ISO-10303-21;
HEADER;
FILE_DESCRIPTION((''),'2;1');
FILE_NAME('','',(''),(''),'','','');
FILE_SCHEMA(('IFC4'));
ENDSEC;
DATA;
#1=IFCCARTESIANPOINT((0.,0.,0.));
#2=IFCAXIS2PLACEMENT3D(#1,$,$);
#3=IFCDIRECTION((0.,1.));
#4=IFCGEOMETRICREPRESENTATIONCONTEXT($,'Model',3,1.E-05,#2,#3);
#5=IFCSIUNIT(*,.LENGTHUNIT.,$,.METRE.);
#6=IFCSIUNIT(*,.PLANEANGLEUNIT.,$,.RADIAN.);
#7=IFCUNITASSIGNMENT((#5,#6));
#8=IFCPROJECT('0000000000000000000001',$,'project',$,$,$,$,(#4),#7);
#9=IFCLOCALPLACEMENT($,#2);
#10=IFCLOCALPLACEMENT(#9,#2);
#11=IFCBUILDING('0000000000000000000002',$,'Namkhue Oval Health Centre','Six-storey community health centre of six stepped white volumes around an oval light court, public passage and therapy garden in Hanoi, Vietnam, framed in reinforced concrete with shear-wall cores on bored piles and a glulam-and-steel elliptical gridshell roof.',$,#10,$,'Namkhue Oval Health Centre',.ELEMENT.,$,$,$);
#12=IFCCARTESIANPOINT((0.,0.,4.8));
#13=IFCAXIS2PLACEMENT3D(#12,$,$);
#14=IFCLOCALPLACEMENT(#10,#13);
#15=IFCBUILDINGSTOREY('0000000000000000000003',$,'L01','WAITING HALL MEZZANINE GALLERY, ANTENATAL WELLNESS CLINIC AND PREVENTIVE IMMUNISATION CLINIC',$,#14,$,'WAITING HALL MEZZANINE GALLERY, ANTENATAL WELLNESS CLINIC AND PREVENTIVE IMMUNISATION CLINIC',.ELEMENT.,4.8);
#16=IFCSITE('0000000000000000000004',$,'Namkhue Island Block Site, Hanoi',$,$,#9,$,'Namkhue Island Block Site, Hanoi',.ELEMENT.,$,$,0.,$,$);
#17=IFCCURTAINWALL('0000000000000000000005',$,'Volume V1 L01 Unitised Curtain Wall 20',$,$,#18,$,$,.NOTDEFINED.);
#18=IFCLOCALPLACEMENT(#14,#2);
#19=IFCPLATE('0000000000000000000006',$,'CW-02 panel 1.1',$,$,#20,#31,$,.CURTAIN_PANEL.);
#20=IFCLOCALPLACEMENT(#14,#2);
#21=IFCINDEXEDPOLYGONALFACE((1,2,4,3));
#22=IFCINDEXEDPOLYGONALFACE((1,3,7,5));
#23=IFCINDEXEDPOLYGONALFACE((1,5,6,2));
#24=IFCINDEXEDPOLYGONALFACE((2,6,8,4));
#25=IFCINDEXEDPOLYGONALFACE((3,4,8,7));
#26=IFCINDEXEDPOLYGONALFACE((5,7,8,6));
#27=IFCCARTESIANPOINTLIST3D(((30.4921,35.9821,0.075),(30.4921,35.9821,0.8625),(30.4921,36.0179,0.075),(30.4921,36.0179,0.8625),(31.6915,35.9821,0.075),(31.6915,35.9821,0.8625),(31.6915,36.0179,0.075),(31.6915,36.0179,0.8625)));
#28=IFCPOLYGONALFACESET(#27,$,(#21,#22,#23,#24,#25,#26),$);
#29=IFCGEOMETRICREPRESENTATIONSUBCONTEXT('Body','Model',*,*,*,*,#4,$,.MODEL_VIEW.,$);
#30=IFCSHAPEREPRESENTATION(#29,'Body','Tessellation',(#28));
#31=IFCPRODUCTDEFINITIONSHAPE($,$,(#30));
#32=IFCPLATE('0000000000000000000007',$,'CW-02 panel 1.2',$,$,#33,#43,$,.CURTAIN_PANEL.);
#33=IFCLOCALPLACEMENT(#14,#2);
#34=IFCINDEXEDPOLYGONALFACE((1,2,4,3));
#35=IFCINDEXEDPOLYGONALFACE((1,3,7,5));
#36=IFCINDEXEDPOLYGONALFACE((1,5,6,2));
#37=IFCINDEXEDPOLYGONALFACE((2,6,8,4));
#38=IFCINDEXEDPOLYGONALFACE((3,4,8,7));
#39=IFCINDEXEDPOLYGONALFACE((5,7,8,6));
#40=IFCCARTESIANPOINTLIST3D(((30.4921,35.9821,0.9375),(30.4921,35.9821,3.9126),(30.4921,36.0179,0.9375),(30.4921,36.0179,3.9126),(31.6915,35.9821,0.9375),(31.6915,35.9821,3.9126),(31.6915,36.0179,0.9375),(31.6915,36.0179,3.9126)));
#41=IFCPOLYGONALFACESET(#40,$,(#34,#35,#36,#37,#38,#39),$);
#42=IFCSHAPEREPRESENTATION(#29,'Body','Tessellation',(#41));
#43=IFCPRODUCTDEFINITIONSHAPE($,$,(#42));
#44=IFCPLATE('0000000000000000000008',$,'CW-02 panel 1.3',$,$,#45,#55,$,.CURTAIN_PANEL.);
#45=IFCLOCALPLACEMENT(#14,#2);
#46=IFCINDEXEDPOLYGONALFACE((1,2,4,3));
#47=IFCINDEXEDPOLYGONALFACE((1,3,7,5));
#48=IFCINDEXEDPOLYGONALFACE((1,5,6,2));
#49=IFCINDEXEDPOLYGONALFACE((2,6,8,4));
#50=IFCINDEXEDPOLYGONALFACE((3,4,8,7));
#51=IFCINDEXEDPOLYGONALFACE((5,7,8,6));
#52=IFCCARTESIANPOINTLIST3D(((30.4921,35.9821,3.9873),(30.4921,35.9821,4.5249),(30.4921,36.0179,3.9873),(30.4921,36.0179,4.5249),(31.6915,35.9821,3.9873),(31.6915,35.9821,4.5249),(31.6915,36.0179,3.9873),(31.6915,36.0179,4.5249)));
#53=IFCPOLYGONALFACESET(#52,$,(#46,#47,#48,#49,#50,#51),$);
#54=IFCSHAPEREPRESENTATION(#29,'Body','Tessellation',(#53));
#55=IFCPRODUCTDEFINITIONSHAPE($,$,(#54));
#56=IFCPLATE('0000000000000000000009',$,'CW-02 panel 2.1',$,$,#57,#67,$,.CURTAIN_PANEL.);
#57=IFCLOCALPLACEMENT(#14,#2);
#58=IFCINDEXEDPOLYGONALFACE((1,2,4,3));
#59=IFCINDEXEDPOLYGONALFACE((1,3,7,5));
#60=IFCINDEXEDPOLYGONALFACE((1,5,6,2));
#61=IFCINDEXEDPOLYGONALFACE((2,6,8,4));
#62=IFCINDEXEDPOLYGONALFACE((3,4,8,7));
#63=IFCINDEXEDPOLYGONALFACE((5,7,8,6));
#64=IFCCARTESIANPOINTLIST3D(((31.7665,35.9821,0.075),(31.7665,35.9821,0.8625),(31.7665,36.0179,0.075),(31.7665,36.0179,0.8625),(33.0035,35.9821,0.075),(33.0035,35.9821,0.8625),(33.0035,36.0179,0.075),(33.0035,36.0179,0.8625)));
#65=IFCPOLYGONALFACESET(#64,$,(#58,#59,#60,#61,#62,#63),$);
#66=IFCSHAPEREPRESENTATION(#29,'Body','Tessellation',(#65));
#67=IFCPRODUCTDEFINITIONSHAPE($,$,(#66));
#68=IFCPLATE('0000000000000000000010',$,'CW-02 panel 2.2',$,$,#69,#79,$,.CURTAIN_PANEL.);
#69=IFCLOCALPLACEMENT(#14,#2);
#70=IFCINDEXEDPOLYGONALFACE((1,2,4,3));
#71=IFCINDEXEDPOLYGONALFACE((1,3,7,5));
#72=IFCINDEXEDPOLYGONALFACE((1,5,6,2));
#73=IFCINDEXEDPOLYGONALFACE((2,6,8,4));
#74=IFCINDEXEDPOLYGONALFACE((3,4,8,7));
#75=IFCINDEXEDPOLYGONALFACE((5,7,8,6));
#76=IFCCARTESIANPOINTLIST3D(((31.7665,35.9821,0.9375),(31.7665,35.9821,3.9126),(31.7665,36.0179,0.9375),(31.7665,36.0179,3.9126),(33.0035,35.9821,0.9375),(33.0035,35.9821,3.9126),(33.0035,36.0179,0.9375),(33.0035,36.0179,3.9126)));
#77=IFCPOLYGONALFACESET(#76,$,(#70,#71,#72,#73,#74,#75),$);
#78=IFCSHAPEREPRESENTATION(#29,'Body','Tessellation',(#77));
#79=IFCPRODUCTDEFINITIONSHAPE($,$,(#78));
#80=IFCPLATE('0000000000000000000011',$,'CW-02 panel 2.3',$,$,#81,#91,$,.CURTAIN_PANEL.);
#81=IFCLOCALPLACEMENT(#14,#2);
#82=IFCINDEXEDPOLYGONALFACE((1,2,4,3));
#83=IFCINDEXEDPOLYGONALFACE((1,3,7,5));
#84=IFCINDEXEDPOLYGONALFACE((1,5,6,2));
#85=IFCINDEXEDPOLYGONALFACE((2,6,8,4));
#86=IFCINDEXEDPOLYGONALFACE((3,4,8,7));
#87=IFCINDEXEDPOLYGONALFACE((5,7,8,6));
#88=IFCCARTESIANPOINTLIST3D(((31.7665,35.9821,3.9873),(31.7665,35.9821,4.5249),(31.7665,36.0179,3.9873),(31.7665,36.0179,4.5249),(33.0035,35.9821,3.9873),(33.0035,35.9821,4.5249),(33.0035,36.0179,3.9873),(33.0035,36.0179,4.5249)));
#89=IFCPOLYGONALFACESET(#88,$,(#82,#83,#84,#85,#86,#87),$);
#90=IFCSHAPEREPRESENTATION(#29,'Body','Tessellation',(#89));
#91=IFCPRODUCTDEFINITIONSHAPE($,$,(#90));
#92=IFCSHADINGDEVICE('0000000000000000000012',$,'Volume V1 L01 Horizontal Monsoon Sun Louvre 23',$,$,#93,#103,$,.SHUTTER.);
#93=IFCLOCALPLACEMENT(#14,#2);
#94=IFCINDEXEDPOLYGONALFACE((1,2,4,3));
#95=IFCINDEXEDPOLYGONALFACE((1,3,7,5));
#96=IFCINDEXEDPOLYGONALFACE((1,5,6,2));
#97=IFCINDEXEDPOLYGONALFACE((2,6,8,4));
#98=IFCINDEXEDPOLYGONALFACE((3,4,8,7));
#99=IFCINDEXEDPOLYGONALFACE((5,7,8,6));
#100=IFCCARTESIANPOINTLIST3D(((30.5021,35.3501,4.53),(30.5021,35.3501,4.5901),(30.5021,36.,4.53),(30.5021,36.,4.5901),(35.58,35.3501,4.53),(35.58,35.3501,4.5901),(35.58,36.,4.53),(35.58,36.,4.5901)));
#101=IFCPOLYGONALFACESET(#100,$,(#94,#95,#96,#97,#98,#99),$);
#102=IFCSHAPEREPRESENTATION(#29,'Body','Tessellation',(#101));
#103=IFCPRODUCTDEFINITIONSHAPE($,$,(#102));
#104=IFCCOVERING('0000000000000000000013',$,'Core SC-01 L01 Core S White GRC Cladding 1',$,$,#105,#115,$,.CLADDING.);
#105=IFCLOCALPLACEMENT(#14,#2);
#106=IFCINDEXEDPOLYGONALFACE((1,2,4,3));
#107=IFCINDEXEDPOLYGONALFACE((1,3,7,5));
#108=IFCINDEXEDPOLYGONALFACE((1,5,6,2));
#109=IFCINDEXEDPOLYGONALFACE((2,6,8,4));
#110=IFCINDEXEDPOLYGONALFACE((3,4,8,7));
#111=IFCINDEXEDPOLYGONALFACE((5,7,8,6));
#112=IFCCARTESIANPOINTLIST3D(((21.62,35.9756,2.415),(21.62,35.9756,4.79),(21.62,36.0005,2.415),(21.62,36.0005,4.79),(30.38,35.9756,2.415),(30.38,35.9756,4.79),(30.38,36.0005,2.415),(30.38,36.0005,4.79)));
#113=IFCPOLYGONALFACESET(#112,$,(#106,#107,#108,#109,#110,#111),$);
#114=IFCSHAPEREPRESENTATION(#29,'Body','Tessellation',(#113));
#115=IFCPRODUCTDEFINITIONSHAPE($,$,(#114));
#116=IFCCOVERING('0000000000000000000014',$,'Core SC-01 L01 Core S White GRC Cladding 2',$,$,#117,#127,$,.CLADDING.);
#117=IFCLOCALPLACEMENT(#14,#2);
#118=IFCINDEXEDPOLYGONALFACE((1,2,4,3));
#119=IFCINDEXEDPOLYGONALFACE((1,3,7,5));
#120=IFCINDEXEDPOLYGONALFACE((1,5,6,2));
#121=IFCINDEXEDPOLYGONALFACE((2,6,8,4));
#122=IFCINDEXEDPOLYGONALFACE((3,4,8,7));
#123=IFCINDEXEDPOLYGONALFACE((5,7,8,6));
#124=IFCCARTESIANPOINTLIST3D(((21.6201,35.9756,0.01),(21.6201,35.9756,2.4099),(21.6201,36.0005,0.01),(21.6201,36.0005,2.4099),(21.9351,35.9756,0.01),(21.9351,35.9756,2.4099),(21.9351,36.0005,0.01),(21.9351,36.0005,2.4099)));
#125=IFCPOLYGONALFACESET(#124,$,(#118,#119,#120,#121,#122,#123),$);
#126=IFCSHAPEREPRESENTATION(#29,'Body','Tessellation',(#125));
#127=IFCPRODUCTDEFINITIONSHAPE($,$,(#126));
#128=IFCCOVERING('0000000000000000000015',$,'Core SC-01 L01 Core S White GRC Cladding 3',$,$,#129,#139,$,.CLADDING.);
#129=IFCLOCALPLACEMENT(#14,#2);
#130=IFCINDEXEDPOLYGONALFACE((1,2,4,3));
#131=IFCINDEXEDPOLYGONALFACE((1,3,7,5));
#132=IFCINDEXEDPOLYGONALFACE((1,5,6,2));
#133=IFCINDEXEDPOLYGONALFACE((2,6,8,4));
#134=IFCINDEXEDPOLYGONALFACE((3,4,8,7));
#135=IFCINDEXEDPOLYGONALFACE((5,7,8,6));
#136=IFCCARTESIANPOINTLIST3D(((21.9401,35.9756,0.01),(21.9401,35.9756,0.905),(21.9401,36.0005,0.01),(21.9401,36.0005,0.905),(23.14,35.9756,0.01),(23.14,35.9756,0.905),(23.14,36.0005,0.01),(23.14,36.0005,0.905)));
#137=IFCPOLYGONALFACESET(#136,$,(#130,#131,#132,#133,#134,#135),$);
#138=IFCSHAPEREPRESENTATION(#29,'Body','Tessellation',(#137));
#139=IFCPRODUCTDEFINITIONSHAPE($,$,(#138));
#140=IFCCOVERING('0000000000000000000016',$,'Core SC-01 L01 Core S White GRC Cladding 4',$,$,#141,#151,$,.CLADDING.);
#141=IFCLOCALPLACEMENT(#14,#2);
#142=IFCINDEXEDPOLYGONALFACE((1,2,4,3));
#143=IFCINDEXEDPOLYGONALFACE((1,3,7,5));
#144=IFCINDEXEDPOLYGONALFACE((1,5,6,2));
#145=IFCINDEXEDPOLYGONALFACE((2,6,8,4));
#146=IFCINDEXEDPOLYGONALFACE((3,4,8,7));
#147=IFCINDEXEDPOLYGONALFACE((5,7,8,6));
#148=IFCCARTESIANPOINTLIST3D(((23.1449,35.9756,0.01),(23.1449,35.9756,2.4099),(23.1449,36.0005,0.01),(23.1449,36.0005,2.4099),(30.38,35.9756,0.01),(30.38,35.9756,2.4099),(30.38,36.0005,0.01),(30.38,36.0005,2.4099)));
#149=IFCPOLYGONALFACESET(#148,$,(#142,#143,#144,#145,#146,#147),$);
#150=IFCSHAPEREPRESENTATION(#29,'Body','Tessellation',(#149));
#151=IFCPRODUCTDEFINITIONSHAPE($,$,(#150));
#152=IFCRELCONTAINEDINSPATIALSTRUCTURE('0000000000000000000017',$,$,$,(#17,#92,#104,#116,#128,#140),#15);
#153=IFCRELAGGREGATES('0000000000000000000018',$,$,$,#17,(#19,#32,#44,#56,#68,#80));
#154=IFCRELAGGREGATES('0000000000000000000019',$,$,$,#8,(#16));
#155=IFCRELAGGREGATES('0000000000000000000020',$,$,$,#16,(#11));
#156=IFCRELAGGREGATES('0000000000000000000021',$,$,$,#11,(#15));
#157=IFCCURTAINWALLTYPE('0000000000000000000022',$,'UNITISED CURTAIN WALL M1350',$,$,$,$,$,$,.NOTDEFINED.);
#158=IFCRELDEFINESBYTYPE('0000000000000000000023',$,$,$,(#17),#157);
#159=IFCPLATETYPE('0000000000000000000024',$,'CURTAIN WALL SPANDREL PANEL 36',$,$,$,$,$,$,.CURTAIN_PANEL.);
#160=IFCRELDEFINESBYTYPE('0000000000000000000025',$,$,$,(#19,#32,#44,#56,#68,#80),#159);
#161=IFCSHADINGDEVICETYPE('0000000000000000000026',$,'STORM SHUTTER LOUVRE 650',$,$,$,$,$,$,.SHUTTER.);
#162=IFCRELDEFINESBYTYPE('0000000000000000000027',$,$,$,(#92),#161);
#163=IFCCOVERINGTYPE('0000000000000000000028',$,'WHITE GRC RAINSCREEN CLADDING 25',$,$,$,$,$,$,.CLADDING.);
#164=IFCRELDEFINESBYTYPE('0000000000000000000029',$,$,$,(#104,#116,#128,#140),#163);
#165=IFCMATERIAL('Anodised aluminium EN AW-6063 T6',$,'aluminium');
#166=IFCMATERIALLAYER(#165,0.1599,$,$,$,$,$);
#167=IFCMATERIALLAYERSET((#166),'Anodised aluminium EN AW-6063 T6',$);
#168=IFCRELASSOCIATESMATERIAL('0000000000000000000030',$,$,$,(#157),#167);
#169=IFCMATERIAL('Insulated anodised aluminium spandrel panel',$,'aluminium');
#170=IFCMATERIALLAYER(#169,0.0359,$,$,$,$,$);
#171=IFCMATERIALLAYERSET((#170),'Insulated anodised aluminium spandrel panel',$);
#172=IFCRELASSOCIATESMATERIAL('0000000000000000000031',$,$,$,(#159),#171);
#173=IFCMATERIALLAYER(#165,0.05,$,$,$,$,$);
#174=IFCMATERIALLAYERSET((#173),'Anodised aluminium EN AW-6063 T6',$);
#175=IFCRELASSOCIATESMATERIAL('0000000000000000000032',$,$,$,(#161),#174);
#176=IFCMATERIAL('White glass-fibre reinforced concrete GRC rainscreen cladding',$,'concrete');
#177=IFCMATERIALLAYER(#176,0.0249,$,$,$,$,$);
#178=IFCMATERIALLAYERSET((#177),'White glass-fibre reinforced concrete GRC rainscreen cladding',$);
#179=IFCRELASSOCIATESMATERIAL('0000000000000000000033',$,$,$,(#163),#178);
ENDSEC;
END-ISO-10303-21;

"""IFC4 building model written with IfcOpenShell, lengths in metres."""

from ifc_helpers import new_model, si_unit, direction, frame, origin, origin_2d, place, context, subcontext, project, spatial, rectangle, extrude, material, layer, layer_set, type_object, element, aggregate, save


model = new_model("IFC4")

# Units and contexts
model_context = context("Model", 3, precision=1e-05, world=origin(), true_north=direction((0.0, 1.0)))
body_context = subcontext(model_context, "Body", "Model", "MODEL_VIEW")
ifc_project = project(units=[si_unit("LENGTHUNIT", "METRE"), si_unit("PLANEANGLEUNIT", "RADIAN")], contexts=[model_context])

# Site, building, storey
site_placement = place(None, origin())
site = spatial("IfcSite", under=ifc_project, at=site_placement, Name="Namkhue Island Block Site, Hanoi", LongName="Namkhue Island Block Site, Hanoi", CompositionType="ELEMENT", RefElevation=0.0)
building_placement = place(site_placement, origin())
building = spatial("IfcBuilding", under=site, at=building_placement, Name="Namkhue Oval Health Centre", Description="Six-storey community health centre of six stepped white volumes around an oval light court, public passage and therapy garden in Hanoi, Vietnam, framed in reinforced concrete with shear-wall cores on bored piles and a glulam-and-steel elliptical gridshell roof.", LongName="Namkhue Oval Health Centre", CompositionType="ELEMENT")
storey_placement = place(building_placement, frame((0.0, 0.0, 4.8)))
storey = spatial("IfcBuildingStorey", under=building, at=storey_placement, Name="L01", Description="WAITING HALL MEZZANINE GALLERY, ANTENATAL WELLNESS CLINIC AND PREVENTIVE IMMUNISATION CLINIC", LongName="WAITING HALL MEZZANINE GALLERY, ANTENATAL WELLNESS CLINIC AND PREVENTIVE IMMUNISATION CLINIC", CompositionType="ELEMENT", Elevation=4.8)

# Curtain wall, plates
ifc_material_1 = material(Name="Anodised aluminium EN AW-6063 T6", Category="aluminium")
ifc_layer_1 = layer(ifc_material_1, 0.1599)
ifc_layer_set_1 = layer_set([ifc_layer_1], Name="Anodised aluminium EN AW-6063 T6")
curtain_wall_type = type_object("IfcCurtainWallType", Name="UNITISED CURTAIN WALL M1350", PredefinedType="NOTDEFINED", material=ifc_layer_set_1)
curtain_wall_placement = place(storey_placement, origin())
curtain_wall = element("IfcCurtainWall", 1, at=curtain_wall_placement, inside=storey, type_object=curtain_wall_type, Name="Volume V1 L01 Unitised Curtain Wall 20", PredefinedType="NOTDEFINED")
ifc_material_2 = material(Name="Insulated anodised aluminium spandrel panel", Category="aluminium")
ifc_layer_2 = layer(ifc_material_2, 0.0359)
ifc_layer_set_2 = layer_set([ifc_layer_2], Name="Insulated anodised aluminium spandrel panel")
plate_type = type_object("IfcPlateType", Name="CURTAIN WALL SPANDREL PANEL 36", PredefinedType="CURTAIN_PANEL", material=ifc_layer_set_2)
plate_1_placement = place(storey_placement, frame((31.0918, 36.0, 0.075), z_axis=(0.0, 0.0, 1.0), x_axis=(1.0, 0.0, 0.0)))
plate_1 = element("IfcPlate", 2, at=plate_1_placement, type_object=plate_type, Name="CW-02 panel 1.1", PredefinedType="CURTAIN_PANEL", context=body_context, shape_type="SweptSolid", body=[
    extrude(rectangle(XDim=1.1995, YDim=0.0359, at=origin_2d()), origin(), (0.0, 0.0, 1.0), 0.7876),
])
plate_2_placement = place(storey_placement, frame((31.0918, 36.0, 0.9375), z_axis=(0.0, 0.0, 1.0), x_axis=(1.0, 0.0, 0.0)))
plate_2 = element("IfcPlate", 3, at=plate_2_placement, type_object=plate_type, Name="CW-02 panel 1.2", PredefinedType="CURTAIN_PANEL", context=body_context, shape_type="SweptSolid", body=[
    extrude(rectangle(XDim=1.1995, YDim=0.0359, at=origin_2d()), origin(), (0.0, 0.0, 1.0), 2.9751),
])
plate_3_placement = place(storey_placement, frame((31.0918, 36.0, 3.9873), z_axis=(0.0, 0.0, 1.0), x_axis=(1.0, 0.0, 0.0)))
plate_3 = element("IfcPlate", 4, at=plate_3_placement, type_object=plate_type, Name="CW-02 panel 1.3", PredefinedType="CURTAIN_PANEL", context=body_context, shape_type="SweptSolid", body=[
    extrude(rectangle(XDim=1.1995, YDim=0.0359, at=origin_2d()), origin(), (0.0, 0.0, 1.0), 0.5376),
])
plate_4_placement = place(storey_placement, frame((32.385, 36.0, 0.075), z_axis=(0.0, 0.0, 1.0), x_axis=(1.0, 0.0, 0.0)))
plate_4 = element("IfcPlate", 5, at=plate_4_placement, type_object=plate_type, Name="CW-02 panel 2.1", PredefinedType="CURTAIN_PANEL", context=body_context, shape_type="SweptSolid", body=[
    extrude(rectangle(XDim=1.2371, YDim=0.0359, at=origin_2d()), origin(), (0.0, 0.0, 1.0), 0.7876),
])
plate_5_placement = place(storey_placement, frame((32.385, 36.0, 0.9375), z_axis=(0.0, 0.0, 1.0), x_axis=(1.0, 0.0, 0.0)))
plate_5 = element("IfcPlate", 6, at=plate_5_placement, type_object=plate_type, Name="CW-02 panel 2.2", PredefinedType="CURTAIN_PANEL", context=body_context, shape_type="SweptSolid", body=[
    extrude(rectangle(XDim=1.2371, YDim=0.0359, at=origin_2d()), origin(), (0.0, 0.0, 1.0), 2.9751),
])
plate_6_placement = place(storey_placement, frame((32.385, 36.0, 3.9873), z_axis=(0.0, 0.0, 1.0), x_axis=(1.0, 0.0, 0.0)))
plate_6 = element("IfcPlate", 7, at=plate_6_placement, type_object=plate_type, Name="CW-02 panel 2.3", PredefinedType="CURTAIN_PANEL", context=body_context, shape_type="SweptSolid", body=[
    extrude(rectangle(XDim=1.2371, YDim=0.0359, at=origin_2d()), origin(), (0.0, 0.0, 1.0), 0.5376),
])
aggregate(curtain_wall, [plate_1, plate_2, plate_3, plate_4, plate_5, plate_6])

# Shading device
ifc_layer_3 = layer(ifc_material_1, 0.05)
ifc_layer_set_3 = layer_set([ifc_layer_3], Name="Anodised aluminium EN AW-6063 T6")
shading_device_type = type_object("IfcShadingDeviceType", Name="STORM SHUTTER LOUVRE 650", PredefinedType="SHUTTER", material=ifc_layer_set_3)
shading_device_placement = place(storey_placement, frame((33.041, 35.675, 4.53), z_axis=(0.0, 0.0, 1.0), x_axis=(1.0, 0.0, 0.0)))
element("IfcShadingDevice", 8, at=shading_device_placement, inside=storey, type_object=shading_device_type, Name="Volume V1 L01 Horizontal Monsoon Sun Louvre 23", PredefinedType="SHUTTER", context=body_context, shape_type="SweptSolid", body=[
    extrude(rectangle(XDim=5.0779, YDim=0.6499, at=origin_2d()), origin(), (0.0, 0.0, 1.0), 0.0601),
])

# Coverings
ifc_material_3 = material(Name="White glass-fibre reinforced concrete GRC rainscreen cladding", Category="concrete")
ifc_layer_4 = layer(ifc_material_3, 0.0249)
ifc_layer_set_4 = layer_set([ifc_layer_4], Name="White glass-fibre reinforced concrete GRC rainscreen cladding")
covering_type = type_object("IfcCoveringType", Name="WHITE GRC RAINSCREEN CLADDING 25", PredefinedType="CLADDING", material=ifc_layer_set_4)
covering_1_placement = place(storey_placement, frame((26.0, 35.988, 2.415), z_axis=(0.0, 0.0, 1.0), x_axis=(1.0, 0.0, 0.0)))
element("IfcCovering", 9, at=covering_1_placement, inside=storey, type_object=covering_type, Name="Core SC-01 L01 Core S White GRC Cladding 1", PredefinedType="CLADDING", context=body_context, shape_type="SweptSolid", body=[
    extrude(rectangle(XDim=8.76, YDim=0.0249, at=origin_2d()), origin(), (0.0, 0.0, 1.0), 2.375),
])
covering_2_placement = place(storey_placement, frame((21.7776, 35.988, 0.01), z_axis=(0.0, 0.0, 1.0), x_axis=(1.0, 0.0, 0.0)))
element("IfcCovering", 10, at=covering_2_placement, inside=storey, type_object=covering_type, Name="Core SC-01 L01 Core S White GRC Cladding 2", PredefinedType="CLADDING", context=body_context, shape_type="SweptSolid", body=[
    extrude(rectangle(XDim=0.3149, YDim=0.0249, at=origin_2d()), origin(), (0.0, 0.0, 1.0), 2.3999),
])
covering_3_placement = place(storey_placement, frame((22.54, 35.988, 0.01), z_axis=(0.0, 0.0, 1.0), x_axis=(1.0, 0.0, 0.0)))
element("IfcCovering", 11, at=covering_3_placement, inside=storey, type_object=covering_type, Name="Core SC-01 L01 Core S White GRC Cladding 3", PredefinedType="CLADDING", context=body_context, shape_type="SweptSolid", body=[
    extrude(rectangle(XDim=1.2, YDim=0.0249, at=origin_2d()), origin(), (0.0, 0.0, 1.0), 0.895),
])
covering_4_placement = place(storey_placement, frame((26.7625, 35.988, 0.01), z_axis=(0.0, 0.0, 1.0), x_axis=(1.0, 0.0, 0.0)))
element("IfcCovering", 12, at=covering_4_placement, inside=storey, type_object=covering_type, Name="Core SC-01 L01 Core S White GRC Cladding 4", PredefinedType="CLADDING", context=body_context, shape_type="SweptSolid", body=[
    extrude(rectangle(XDim=7.2351, YDim=0.0249, at=origin_2d()), origin(), (0.0, 0.0, 1.0), 2.3999),
])

save(model, "model.ifc")
